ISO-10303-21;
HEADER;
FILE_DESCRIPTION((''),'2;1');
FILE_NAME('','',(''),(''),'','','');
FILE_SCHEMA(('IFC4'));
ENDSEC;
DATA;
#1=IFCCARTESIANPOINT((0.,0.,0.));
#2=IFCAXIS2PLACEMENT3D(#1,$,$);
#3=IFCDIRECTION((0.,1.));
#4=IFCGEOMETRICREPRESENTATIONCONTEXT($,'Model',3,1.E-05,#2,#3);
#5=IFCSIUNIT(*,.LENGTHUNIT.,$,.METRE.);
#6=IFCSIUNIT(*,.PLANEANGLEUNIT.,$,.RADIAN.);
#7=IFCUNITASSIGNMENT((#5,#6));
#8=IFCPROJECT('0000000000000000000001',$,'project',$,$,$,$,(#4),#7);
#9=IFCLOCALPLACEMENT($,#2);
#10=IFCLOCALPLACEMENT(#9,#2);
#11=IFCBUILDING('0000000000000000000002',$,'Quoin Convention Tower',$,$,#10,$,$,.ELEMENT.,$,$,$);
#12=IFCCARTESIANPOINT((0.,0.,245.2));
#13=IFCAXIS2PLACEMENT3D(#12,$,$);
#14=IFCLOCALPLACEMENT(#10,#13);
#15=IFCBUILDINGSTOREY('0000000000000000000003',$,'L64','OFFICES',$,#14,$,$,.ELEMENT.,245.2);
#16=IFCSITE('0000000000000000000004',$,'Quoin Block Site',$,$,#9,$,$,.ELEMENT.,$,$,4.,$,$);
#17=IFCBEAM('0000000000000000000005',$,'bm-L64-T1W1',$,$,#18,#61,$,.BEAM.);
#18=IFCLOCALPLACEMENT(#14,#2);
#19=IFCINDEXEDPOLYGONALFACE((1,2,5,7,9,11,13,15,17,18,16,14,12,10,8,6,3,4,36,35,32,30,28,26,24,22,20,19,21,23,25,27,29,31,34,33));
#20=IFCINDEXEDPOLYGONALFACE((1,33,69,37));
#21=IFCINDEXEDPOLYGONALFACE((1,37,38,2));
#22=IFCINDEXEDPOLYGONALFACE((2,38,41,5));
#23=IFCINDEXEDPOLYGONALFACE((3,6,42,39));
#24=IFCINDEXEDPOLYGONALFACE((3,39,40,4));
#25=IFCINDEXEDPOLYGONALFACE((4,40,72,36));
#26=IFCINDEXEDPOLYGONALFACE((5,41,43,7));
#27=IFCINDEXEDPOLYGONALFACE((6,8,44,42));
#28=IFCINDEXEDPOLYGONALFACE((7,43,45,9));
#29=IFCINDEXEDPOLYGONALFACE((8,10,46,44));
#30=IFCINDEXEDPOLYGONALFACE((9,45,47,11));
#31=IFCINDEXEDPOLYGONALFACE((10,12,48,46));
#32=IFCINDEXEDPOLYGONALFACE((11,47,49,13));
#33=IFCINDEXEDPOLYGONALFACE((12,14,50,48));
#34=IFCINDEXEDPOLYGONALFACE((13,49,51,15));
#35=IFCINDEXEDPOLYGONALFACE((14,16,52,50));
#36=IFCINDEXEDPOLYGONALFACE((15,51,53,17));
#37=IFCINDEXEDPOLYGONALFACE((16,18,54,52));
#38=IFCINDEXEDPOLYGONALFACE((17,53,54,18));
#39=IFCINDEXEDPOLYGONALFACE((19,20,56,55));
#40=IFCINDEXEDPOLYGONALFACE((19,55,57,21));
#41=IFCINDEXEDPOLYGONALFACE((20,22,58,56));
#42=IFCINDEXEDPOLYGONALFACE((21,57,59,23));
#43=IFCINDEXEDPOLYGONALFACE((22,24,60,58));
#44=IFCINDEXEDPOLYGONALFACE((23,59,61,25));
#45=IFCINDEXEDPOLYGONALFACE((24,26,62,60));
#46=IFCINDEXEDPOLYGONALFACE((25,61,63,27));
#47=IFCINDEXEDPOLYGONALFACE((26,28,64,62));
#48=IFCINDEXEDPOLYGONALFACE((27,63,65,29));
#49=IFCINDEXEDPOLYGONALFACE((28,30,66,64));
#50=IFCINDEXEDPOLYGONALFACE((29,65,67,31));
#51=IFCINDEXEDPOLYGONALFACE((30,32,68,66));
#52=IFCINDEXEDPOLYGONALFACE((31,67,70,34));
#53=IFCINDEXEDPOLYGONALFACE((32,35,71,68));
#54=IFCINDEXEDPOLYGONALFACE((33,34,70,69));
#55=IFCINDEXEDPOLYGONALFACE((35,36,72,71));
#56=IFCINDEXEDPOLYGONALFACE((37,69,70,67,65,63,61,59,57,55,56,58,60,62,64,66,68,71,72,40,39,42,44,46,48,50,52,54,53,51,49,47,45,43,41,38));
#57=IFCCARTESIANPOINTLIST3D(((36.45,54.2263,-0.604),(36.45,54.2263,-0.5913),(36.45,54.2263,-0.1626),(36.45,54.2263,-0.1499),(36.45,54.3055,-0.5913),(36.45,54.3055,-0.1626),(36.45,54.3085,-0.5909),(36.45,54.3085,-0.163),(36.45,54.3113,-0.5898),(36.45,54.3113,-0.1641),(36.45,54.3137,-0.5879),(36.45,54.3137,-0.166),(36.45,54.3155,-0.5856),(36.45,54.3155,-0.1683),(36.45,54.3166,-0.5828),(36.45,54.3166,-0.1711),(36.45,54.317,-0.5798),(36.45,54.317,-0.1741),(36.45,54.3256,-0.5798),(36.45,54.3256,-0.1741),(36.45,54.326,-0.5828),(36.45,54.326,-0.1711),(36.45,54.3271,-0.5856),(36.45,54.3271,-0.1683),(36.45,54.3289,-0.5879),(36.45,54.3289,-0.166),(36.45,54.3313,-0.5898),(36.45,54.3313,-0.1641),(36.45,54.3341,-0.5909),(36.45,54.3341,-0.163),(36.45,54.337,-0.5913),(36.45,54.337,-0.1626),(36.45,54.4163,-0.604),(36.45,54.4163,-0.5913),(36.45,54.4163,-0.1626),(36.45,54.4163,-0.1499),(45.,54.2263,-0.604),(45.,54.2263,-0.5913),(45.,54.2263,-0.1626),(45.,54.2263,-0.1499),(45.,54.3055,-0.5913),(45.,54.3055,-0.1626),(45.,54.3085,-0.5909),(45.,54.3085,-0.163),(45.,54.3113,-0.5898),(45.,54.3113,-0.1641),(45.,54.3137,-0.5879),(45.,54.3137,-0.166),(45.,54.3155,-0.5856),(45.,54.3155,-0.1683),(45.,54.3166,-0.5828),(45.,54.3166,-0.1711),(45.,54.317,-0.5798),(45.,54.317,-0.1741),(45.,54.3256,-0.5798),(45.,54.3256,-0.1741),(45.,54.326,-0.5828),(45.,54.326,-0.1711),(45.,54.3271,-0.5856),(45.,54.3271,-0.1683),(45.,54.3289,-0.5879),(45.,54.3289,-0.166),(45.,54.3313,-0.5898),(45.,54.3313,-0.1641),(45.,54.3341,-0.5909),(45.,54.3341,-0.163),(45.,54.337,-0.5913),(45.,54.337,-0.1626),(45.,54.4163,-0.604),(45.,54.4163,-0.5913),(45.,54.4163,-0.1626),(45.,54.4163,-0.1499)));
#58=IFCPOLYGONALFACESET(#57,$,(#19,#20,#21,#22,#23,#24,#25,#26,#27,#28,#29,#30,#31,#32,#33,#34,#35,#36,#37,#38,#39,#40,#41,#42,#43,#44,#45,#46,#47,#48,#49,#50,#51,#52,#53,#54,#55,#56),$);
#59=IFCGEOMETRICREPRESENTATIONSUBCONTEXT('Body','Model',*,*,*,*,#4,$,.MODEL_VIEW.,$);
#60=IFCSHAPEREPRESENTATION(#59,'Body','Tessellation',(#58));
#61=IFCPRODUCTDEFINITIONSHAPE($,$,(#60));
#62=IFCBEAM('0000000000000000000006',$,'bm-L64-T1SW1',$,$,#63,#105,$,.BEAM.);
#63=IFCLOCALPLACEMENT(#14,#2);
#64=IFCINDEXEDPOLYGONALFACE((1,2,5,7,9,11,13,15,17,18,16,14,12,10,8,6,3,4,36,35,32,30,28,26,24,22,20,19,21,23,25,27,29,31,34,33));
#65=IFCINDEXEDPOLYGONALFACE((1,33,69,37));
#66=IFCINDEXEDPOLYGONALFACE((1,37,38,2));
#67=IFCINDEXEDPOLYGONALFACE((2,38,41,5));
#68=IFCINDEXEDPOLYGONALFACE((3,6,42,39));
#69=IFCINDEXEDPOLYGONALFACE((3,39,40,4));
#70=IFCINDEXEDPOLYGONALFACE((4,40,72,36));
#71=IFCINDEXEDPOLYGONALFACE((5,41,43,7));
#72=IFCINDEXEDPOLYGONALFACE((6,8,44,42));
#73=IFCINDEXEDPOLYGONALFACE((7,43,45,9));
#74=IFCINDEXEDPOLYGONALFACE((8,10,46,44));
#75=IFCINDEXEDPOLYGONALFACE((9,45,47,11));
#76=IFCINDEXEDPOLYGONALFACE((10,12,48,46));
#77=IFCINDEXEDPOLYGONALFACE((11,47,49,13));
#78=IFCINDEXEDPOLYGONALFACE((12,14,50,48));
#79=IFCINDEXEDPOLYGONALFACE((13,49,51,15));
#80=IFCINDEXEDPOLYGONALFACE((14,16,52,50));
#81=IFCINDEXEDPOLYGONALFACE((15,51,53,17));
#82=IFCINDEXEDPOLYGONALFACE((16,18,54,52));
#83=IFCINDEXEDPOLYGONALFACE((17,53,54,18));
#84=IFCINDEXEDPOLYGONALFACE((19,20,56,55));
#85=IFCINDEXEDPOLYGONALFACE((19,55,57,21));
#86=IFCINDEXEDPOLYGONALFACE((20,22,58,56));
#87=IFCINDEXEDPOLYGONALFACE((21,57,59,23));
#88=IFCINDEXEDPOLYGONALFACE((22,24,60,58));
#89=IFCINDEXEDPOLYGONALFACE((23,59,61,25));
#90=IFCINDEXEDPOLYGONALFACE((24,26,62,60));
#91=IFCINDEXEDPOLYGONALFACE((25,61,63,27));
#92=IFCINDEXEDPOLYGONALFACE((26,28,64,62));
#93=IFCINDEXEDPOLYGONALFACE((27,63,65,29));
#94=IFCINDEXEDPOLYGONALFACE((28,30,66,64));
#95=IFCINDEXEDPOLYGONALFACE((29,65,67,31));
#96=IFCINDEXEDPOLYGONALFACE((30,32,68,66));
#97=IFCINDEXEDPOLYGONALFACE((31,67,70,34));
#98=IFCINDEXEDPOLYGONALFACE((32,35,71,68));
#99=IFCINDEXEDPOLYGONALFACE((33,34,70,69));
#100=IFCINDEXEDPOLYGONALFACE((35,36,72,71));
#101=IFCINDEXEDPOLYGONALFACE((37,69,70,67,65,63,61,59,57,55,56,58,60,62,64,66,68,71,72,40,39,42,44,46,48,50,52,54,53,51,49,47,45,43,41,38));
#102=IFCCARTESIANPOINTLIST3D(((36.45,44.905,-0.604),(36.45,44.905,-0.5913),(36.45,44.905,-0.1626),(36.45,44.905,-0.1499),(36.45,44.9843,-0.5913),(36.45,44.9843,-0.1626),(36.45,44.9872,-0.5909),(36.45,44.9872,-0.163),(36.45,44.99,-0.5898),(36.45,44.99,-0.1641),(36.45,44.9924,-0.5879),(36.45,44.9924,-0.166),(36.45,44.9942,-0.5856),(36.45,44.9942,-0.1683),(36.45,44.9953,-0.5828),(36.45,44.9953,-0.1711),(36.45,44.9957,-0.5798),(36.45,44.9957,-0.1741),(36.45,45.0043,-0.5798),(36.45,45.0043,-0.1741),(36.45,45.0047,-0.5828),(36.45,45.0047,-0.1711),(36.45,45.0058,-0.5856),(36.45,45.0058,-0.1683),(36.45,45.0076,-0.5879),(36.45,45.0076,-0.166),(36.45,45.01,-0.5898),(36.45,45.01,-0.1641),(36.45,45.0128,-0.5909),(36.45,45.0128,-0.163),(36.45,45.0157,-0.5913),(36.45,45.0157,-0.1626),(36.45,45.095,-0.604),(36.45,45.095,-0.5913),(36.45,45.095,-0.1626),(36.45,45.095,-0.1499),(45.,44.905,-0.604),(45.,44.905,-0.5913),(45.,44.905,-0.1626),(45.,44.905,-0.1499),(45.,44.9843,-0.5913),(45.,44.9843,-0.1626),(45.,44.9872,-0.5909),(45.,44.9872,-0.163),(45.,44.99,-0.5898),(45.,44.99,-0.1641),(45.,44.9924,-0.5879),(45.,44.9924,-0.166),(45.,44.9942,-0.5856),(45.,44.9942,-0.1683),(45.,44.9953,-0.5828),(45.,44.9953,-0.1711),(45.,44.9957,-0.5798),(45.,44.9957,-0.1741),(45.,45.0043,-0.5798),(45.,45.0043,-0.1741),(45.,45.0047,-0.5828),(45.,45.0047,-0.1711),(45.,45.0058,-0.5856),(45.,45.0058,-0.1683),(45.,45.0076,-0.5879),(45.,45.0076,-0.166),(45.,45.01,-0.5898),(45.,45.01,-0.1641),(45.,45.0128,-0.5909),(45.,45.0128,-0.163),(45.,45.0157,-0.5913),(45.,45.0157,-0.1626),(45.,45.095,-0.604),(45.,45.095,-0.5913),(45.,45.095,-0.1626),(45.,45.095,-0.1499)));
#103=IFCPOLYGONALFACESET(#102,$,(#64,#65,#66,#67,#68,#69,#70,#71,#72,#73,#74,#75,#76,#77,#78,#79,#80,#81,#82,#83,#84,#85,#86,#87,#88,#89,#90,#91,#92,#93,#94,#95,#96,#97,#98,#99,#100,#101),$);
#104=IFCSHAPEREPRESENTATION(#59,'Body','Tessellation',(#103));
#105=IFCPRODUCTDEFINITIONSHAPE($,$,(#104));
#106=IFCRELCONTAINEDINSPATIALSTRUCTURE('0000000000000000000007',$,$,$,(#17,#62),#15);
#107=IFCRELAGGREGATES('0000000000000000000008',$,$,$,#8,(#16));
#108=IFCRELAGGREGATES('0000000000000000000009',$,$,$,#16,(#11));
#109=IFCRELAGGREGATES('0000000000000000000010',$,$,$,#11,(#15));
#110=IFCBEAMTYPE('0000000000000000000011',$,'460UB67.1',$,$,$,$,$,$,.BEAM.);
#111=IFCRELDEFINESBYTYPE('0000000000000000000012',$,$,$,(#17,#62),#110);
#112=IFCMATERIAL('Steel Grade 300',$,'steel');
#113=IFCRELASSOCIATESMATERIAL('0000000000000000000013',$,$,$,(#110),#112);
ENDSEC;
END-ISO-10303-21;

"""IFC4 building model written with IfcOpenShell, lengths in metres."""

from ifc_helpers import new_model, si_unit, direction, frame, origin, origin_2d, place, context, subcontext, project, spatial, i_section, extrude, material, material_profile, profile_set, type_object, element, save


model = new_model("IFC4")

# Units and contexts
model_context = context("Model", 3, precision=1e-05, world=origin(), true_north=direction((0.0, 1.0)))
body_context = subcontext(model_context, "Body", "Model", "MODEL_VIEW")
ifc_project = project(units=[si_unit("LENGTHUNIT", "METRE"), si_unit("PLANEANGLEUNIT", "RADIAN")], contexts=[model_context])

# Site, building, storey
site_placement = place(None, origin())
site = spatial("IfcSite", under=ifc_project, at=site_placement, Name="Quoin Block Site", CompositionType="ELEMENT", RefElevation=4.0)
building_placement = place(site_placement, origin())
building = spatial("IfcBuilding", under=site, at=building_placement, Name="Quoin Convention Tower", CompositionType="ELEMENT")
storey_placement = place(building_placement, frame((0.0, 0.0, 245.2)))
storey = spatial("IfcBuildingStorey", under=building, at=storey_placement, Name="L64", Description="OFFICES", CompositionType="ELEMENT", Elevation=245.2)

# Beams
ifc_material_1 = material(Name="Steel Grade 300", Category="steel")
ifc_material_profile = material_profile(ifc_material_1, i_section(OverallWidth=0.1899, OverallDepth=0.4541, WebThickness=0.0085, FlangeThickness=0.0127, FilletRadius=0.0115, at=origin_2d()), Name="460UB67.1")
ifc_profile_set = profile_set([ifc_material_profile], Name="Steel Grade 300")
beam_type = type_object("IfcBeamType", Name="460UB67.1", PredefinedType="BEAM", material=ifc_profile_set)
for number, where, z_axis, x_axis, name in (
    (1, (36.45, 54.3213, -0.377), (1.0, 0.0, 0.0), (0.0, 1.0, 0.0), "bm-L64-T1W1"),
    (2, (36.45, 45.0, -0.377), (1.0, 0.0, 0.0), (0.0, 1.0, 0.0), "bm-L64-T1SW1"),
):
    element("IfcBeam", number, at=place(storey_placement, frame(where, z_axis=z_axis, x_axis=x_axis)), inside=storey, type_object=beam_type, Name=name, PredefinedType="BEAM", context=body_context, shape_type="SweptSolid", body=[
        extrude(i_section(OverallWidth=0.1899, OverallDepth=0.4541, WebThickness=0.0085, FlangeThickness=0.0127, FilletRadius=0.0115, at=origin_2d()), origin(), (0.0, 0.0, 1.0), 8.55),
    ])

save(model, "model.ifc")
